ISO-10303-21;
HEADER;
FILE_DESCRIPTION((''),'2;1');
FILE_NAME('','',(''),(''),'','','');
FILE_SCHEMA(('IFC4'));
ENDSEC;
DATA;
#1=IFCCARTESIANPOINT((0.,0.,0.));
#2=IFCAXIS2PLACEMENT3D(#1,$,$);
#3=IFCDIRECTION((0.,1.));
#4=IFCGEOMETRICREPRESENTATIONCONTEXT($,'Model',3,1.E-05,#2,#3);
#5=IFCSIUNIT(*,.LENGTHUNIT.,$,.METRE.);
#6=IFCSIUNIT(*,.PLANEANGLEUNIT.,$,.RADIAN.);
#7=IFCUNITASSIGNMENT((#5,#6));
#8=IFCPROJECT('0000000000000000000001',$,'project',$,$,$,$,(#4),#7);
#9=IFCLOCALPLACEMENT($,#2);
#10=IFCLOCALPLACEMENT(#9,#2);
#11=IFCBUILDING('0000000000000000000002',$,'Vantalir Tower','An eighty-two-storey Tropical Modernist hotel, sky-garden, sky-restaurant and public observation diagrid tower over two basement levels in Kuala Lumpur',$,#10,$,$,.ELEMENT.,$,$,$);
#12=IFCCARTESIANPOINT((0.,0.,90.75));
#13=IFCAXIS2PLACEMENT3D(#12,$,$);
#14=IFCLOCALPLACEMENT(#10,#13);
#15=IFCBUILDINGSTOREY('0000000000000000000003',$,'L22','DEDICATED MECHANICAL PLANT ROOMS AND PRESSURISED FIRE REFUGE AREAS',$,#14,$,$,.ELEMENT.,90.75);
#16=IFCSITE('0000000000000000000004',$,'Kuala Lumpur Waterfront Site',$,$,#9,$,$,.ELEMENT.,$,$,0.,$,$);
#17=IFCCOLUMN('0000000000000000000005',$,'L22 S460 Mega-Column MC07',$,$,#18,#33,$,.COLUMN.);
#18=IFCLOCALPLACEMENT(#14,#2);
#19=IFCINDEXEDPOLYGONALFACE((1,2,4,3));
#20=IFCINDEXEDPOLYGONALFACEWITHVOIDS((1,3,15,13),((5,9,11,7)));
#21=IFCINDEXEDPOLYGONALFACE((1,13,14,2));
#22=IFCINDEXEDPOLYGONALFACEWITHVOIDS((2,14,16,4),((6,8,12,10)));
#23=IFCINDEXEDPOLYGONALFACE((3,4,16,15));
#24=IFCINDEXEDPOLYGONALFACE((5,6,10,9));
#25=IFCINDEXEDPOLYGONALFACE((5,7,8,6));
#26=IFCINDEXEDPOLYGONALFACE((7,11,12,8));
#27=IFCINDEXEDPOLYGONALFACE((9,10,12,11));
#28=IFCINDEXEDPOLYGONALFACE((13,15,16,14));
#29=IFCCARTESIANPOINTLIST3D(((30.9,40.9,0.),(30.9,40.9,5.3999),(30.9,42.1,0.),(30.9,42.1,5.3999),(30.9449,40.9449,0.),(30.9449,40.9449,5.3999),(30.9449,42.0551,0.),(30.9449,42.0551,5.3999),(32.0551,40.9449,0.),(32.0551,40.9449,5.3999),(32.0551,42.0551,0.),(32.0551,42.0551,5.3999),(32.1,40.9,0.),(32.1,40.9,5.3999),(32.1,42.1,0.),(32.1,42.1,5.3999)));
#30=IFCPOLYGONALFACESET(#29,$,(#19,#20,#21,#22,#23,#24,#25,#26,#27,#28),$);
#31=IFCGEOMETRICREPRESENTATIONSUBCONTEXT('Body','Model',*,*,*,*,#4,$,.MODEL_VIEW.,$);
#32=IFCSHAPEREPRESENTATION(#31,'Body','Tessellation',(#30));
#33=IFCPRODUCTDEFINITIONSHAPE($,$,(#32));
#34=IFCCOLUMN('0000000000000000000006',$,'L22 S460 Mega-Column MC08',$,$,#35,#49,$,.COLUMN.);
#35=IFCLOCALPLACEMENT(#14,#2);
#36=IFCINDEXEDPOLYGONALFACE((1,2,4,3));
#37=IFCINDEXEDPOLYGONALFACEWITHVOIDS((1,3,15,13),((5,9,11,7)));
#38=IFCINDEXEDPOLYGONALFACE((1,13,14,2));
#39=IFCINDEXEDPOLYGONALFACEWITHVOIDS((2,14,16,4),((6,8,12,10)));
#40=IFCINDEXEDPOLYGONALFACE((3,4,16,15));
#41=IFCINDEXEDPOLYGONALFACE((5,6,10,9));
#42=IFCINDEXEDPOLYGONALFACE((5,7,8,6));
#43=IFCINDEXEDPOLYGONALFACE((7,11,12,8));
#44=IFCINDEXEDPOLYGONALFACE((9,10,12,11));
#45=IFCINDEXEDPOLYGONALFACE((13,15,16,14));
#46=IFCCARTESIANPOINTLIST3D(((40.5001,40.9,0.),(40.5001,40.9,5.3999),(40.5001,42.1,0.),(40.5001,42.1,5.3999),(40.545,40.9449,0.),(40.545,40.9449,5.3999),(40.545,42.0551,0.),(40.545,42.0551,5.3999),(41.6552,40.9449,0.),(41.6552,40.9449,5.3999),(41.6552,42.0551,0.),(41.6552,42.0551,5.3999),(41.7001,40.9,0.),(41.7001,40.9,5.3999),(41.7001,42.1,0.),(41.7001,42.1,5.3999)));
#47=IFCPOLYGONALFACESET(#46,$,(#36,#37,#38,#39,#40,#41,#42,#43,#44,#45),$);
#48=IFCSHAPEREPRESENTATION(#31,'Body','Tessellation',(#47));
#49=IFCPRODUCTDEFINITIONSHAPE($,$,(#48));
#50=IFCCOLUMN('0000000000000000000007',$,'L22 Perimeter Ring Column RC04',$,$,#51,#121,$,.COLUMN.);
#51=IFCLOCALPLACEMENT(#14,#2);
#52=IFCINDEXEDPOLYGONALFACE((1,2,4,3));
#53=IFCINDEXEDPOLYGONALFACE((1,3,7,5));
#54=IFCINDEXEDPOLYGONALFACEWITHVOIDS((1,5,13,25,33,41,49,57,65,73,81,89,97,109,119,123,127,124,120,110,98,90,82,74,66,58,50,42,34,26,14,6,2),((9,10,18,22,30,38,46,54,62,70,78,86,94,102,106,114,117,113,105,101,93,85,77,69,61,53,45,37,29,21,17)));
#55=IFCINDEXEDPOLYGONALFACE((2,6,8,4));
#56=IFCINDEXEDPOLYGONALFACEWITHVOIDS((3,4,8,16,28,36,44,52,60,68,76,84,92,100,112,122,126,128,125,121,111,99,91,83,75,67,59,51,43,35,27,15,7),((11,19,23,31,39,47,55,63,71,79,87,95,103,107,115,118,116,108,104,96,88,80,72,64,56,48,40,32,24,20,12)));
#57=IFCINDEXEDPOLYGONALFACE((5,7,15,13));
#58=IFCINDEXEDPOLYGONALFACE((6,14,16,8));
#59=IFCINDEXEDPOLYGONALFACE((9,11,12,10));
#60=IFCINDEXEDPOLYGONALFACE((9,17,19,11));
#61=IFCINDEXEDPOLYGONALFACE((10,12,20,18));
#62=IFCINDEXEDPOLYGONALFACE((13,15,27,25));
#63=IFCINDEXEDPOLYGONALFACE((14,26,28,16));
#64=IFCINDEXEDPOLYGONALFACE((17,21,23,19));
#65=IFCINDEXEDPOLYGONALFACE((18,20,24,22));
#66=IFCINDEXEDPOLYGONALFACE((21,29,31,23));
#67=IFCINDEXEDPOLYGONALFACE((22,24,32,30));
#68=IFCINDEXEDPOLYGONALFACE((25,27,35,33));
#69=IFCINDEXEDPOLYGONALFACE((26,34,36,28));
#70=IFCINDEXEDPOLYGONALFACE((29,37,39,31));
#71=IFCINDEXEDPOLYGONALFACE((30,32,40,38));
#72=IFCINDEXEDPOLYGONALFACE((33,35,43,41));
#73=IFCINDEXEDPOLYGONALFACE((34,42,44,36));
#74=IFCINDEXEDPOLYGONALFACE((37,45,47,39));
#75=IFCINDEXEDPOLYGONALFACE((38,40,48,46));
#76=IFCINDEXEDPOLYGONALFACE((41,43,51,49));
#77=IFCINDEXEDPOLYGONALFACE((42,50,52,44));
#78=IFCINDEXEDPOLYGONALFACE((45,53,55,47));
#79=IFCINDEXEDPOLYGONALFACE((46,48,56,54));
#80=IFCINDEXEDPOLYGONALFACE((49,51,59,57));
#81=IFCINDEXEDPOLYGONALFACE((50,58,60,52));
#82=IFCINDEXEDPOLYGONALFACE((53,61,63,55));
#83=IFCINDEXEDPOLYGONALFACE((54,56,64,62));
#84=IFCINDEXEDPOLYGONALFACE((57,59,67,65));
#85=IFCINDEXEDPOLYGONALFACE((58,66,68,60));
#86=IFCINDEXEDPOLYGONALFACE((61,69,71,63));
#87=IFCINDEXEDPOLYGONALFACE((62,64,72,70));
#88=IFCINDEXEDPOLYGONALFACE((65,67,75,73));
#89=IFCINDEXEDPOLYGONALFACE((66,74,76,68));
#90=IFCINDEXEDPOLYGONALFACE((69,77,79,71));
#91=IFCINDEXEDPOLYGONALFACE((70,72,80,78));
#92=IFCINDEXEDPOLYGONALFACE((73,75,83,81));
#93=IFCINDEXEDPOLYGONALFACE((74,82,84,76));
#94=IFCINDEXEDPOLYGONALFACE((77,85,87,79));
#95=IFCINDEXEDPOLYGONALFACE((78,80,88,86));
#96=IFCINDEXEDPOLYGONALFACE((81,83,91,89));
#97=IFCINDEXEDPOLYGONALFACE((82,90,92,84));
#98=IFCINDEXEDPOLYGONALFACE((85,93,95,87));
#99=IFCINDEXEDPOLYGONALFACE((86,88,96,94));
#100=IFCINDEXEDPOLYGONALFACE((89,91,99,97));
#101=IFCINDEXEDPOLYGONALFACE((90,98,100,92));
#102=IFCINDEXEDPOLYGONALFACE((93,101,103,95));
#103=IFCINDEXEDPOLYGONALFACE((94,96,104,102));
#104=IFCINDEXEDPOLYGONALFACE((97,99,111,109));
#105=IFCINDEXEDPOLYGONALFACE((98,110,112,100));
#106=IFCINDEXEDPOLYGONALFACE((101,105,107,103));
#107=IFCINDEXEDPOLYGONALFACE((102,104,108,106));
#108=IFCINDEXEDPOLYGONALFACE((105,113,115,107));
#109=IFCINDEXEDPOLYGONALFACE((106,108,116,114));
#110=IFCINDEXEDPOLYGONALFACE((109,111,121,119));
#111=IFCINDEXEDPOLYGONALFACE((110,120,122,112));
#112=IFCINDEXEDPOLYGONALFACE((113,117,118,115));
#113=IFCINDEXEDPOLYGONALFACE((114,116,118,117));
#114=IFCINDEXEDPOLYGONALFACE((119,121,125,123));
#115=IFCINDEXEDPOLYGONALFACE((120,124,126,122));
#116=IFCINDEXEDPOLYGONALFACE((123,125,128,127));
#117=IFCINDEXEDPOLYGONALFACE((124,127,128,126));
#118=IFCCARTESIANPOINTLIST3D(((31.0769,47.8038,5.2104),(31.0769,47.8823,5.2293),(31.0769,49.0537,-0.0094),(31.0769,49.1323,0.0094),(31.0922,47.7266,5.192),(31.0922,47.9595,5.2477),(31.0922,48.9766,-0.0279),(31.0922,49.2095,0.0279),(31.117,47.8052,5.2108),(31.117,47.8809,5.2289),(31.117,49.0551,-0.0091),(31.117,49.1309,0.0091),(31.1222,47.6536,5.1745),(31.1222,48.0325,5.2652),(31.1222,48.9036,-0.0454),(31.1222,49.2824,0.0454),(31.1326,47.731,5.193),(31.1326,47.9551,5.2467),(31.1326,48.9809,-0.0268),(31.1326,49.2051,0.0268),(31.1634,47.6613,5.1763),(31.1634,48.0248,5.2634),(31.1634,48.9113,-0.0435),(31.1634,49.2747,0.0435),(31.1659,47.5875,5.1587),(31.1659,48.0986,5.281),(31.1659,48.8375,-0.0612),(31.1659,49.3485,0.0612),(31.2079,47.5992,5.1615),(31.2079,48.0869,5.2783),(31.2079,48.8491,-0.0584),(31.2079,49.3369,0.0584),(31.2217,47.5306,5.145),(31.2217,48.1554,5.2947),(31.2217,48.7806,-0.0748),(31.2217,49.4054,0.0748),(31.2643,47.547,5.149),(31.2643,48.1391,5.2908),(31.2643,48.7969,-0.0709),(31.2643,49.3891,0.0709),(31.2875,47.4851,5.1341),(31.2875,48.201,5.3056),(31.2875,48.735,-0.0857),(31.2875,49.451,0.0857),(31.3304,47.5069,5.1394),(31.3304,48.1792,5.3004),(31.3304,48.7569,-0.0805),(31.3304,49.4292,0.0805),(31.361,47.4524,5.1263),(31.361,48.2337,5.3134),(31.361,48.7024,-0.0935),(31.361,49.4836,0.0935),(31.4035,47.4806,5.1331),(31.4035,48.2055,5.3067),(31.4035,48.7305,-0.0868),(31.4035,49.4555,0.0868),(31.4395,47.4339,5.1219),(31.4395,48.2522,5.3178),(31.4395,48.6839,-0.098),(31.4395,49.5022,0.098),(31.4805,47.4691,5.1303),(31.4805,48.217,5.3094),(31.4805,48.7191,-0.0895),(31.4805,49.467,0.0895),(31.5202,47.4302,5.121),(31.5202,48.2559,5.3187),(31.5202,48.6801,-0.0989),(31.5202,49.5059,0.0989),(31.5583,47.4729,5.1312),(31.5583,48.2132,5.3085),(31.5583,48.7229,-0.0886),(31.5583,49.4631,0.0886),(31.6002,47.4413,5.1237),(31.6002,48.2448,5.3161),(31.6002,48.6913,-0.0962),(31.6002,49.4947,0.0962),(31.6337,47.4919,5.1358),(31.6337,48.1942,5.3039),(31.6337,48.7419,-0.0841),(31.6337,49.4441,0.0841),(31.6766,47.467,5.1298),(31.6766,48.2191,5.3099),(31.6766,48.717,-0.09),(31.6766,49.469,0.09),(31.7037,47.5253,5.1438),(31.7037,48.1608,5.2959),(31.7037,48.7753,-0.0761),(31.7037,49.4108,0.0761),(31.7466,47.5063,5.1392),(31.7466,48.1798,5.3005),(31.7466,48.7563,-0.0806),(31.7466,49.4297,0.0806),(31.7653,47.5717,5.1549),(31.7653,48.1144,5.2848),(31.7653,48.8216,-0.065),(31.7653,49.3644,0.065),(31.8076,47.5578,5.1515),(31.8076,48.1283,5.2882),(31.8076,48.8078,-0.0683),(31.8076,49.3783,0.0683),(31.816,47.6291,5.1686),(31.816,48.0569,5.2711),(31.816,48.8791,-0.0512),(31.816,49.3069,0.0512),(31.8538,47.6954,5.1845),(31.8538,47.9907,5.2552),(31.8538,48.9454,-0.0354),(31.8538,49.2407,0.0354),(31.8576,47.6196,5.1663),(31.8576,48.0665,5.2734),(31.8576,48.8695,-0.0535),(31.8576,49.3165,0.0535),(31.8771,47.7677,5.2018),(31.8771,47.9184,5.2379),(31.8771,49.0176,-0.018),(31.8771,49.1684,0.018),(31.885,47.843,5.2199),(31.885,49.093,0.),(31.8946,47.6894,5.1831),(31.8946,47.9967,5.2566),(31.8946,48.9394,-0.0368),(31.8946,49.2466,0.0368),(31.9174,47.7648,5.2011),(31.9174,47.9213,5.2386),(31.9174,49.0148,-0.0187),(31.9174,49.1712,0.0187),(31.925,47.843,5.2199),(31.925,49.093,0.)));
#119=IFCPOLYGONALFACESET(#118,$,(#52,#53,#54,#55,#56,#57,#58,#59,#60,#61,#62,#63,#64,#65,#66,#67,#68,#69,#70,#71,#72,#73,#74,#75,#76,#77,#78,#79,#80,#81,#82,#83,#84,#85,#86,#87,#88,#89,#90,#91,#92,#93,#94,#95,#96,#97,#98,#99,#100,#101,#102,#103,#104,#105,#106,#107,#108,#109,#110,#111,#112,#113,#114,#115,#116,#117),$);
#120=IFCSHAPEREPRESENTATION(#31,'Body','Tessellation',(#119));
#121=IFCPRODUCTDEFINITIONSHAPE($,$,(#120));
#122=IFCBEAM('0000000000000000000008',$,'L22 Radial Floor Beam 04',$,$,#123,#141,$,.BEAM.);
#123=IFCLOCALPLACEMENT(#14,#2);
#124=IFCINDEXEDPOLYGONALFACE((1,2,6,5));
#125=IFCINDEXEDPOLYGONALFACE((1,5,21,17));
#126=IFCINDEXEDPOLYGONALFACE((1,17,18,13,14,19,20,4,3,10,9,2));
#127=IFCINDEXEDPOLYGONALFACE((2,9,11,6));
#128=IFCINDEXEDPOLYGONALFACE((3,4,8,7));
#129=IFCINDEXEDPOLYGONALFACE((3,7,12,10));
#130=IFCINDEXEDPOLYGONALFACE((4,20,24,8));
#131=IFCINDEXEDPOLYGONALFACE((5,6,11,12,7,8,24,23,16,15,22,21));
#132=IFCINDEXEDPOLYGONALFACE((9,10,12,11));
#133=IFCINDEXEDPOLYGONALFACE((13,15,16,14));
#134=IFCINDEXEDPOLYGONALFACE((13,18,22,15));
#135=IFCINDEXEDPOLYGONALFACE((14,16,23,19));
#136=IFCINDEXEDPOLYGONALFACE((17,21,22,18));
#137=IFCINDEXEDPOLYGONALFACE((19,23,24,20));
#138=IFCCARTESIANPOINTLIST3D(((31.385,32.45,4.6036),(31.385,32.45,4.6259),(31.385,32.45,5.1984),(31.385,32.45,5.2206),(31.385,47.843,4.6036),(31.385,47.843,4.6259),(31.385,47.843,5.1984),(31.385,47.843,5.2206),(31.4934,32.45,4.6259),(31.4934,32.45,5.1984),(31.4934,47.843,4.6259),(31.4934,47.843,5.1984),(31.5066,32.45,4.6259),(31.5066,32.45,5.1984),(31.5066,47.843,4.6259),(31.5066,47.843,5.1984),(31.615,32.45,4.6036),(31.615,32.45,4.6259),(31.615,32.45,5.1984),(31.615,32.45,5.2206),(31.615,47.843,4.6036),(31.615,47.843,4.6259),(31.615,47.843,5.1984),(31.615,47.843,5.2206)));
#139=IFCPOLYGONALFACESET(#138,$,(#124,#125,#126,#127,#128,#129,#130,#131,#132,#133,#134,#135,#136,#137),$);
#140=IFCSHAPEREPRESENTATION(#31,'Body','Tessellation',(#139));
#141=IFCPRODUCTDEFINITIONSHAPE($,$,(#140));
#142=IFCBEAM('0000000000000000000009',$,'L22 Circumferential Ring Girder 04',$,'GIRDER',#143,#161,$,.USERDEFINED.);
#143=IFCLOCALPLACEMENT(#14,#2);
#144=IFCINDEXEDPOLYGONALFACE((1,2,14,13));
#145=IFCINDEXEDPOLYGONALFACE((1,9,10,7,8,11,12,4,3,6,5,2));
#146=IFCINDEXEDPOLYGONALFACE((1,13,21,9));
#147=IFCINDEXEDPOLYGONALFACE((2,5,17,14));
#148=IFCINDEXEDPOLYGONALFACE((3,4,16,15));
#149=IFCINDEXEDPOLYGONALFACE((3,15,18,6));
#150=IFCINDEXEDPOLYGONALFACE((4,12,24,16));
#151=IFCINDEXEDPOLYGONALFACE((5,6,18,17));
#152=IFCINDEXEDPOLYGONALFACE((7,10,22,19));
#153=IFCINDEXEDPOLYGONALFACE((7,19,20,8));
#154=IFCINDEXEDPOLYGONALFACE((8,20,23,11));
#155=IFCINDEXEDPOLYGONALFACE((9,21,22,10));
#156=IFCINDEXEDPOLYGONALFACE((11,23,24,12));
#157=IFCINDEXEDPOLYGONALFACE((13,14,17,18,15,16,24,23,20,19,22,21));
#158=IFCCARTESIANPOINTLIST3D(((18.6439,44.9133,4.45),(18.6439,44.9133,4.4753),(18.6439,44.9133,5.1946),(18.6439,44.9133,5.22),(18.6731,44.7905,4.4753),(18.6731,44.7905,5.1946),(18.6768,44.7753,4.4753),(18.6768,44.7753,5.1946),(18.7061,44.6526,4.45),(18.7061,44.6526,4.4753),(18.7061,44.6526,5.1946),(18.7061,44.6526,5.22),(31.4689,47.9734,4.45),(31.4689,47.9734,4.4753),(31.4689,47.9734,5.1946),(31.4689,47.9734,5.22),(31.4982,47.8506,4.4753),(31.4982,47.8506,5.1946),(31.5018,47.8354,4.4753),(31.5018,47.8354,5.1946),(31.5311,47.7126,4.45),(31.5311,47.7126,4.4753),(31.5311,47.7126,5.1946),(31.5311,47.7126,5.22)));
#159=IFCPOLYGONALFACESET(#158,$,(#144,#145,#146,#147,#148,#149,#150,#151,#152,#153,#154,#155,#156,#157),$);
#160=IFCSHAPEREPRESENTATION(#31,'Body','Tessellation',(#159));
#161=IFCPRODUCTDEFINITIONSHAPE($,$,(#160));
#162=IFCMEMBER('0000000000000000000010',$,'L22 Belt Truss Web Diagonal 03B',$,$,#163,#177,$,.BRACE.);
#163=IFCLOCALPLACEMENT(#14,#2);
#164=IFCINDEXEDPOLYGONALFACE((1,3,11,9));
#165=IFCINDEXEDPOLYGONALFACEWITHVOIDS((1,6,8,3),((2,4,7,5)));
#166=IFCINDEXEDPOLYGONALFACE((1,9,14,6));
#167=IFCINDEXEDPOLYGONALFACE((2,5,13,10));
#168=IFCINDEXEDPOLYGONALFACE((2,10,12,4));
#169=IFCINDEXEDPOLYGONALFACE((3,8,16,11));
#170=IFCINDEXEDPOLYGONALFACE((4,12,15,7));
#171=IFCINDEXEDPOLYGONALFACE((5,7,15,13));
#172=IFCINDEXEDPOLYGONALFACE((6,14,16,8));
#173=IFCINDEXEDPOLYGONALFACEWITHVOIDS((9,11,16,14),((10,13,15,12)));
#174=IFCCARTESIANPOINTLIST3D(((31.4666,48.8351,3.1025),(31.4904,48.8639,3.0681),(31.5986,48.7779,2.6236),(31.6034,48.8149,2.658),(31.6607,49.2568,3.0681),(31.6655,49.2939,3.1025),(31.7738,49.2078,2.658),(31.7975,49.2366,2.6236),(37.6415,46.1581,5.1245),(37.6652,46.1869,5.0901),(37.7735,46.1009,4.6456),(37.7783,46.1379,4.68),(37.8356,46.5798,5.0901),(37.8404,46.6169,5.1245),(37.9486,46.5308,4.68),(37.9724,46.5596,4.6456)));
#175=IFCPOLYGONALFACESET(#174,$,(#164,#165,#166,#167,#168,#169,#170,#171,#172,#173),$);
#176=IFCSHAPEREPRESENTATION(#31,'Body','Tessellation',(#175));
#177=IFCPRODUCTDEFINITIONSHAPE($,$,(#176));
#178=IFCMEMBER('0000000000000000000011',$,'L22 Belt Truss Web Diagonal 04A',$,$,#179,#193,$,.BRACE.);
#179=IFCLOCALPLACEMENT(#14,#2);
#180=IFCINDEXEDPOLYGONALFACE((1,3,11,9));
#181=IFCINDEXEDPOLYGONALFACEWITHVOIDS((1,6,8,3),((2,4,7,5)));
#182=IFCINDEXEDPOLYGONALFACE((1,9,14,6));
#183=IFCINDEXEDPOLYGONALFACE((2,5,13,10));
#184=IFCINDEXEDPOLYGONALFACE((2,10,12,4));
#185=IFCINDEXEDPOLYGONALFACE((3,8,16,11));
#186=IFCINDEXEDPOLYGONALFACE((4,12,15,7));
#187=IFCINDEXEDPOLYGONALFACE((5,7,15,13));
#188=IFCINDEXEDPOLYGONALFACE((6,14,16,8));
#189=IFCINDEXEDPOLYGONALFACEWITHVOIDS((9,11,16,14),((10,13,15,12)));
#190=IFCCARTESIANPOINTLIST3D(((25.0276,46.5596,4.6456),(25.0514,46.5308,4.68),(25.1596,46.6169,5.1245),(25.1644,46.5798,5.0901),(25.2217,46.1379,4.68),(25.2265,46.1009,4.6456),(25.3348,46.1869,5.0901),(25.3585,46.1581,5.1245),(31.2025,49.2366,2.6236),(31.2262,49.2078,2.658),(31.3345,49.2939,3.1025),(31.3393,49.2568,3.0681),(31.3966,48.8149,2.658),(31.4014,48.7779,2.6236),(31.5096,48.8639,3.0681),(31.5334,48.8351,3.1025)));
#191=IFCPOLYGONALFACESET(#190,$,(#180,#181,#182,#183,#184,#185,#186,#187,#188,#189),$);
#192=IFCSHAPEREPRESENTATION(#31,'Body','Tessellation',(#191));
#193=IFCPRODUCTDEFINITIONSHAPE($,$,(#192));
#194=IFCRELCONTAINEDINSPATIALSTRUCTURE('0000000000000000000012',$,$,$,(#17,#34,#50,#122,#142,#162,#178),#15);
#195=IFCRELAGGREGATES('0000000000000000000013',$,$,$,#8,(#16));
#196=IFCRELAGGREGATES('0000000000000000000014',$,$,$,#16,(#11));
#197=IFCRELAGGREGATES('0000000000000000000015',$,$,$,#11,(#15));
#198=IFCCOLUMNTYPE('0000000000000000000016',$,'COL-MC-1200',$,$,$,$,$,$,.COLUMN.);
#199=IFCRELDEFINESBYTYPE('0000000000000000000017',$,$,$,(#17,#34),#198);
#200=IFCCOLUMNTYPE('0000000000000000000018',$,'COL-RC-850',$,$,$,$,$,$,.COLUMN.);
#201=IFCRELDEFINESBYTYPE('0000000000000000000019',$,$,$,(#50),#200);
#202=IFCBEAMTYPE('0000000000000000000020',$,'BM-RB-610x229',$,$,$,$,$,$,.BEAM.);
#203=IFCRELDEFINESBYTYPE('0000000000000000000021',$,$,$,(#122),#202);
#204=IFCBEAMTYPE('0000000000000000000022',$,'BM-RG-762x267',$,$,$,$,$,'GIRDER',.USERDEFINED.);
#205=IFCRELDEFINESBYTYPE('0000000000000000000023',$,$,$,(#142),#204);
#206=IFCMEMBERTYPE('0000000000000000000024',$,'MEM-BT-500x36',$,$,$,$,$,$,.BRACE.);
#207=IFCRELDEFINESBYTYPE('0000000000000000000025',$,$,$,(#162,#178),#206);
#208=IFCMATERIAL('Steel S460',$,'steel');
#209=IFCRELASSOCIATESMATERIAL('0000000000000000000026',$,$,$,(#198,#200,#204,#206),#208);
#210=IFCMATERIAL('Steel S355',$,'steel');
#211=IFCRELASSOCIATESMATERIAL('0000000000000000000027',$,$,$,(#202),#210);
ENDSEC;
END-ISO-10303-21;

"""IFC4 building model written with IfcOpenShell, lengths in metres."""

from ifc_helpers import new_model, si_unit, direction, frame, origin, origin_2d, place, context, subcontext, project, spatial, hollow_rectangle, hollow_circle, i_section, extrude, material, material_profile, profile_set, type_object, element, save


model = new_model("IFC4")

# Units and contexts
model_context = context("Model", 3, precision=1e-05, world=origin(), true_north=direction((0.0, 1.0)))
body_context = subcontext(model_context, "Body", "Model", "MODEL_VIEW")
ifc_project = project(units=[si_unit("LENGTHUNIT", "METRE"), si_unit("PLANEANGLEUNIT", "RADIAN")], contexts=[model_context])

# Site, building, storey
site_placement = place(None, origin())
site = spatial("IfcSite", under=ifc_project, at=site_placement, Name="Kuala Lumpur Waterfront Site", CompositionType="ELEMENT", RefElevation=0.0)
building_placement = place(site_placement, origin())
building = spatial("IfcBuilding", under=site, at=building_placement, Name="Vantalir Tower", Description="An eighty-two-storey Tropical Modernist hotel, sky-garden, sky-restaurant and public observation diagrid tower over two basement levels in Kuala Lumpur", CompositionType="ELEMENT")
storey_placement = place(building_placement, frame((0.0, 0.0, 90.75)))
storey = spatial("IfcBuildingStorey", under=building, at=storey_placement, Name="L22", Description="DEDICATED MECHANICAL PLANT ROOMS AND PRESSURISED FIRE REFUGE AREAS", CompositionType="ELEMENT", Elevation=90.75)

# Columns
ifc_material_1 = material(Name="Steel S460", Category="steel")
ifc_material_profile_1 = material_profile(ifc_material_1, hollow_rectangle(XDim=1.2, YDim=1.2, WallThickness=0.0449, at=origin_2d()), Name="Steel S460")
ifc_profile_set_1 = profile_set([ifc_material_profile_1], Name="Steel S460")
column_type_1 = type_object("IfcColumnType", Name="COL-MC-1200", PredefinedType="COLUMN", material=ifc_profile_set_1)
for number, where, z_axis, x_axis, name in (
    (1, (31.5, 41.5, 0.0), (0.0, 0.0, 1.0), (1.0, 0.0, 0.0), "L22 S460 Mega-Column MC07"),
    (2, (41.1001, 41.5, 0.0), (0.0, 0.0, 1.0), (1.0, 0.0, 0.0), "L22 S460 Mega-Column MC08"),
):
    element("IfcColumn", number, at=place(storey_placement, frame(where, z_axis=z_axis, x_axis=x_axis)), inside=storey, type_object=column_type_1, Name=name, PredefinedType="COLUMN", context=body_context, shape_type="SweptSolid", body=[
        extrude(hollow_rectangle(XDim=1.2, YDim=1.2, WallThickness=0.0449, at=origin_2d()), origin(), (0.0, 0.0, 1.0), 5.3999),
    ])
ifc_material_profile_2 = material_profile(ifc_material_1, hollow_circle(Radius=0.425, WallThickness=0.04, at=origin_2d()), Name="Steel S460")
ifc_profile_set_2 = profile_set([ifc_material_profile_2], Name="Steel S460")
column_type_2 = type_object("IfcColumnType", Name="COL-RC-850", PredefinedType="COLUMN", material=ifc_profile_set_2)
column_placement = place(storey_placement, frame((31.5, 49.093, 0.0), z_axis=(0.0, -0.232881, 0.972505), x_axis=(1.0, 0.0, 0.0)))
element("IfcColumn", 3, at=column_placement, inside=storey, type_object=column_type_2, Name="L22 Perimeter Ring Column RC04", PredefinedType="COLUMN", context=body_context, shape_type="SweptSolid", body=[
    extrude(hollow_circle(Radius=0.425, WallThickness=0.04, at=origin_2d()), origin(), (0.0, 0.0, 1.0), 5.3674),
])

# Beams
ifc_material_2 = material(Name="Steel S355", Category="steel")
ifc_material_profile_3 = material_profile(ifc_material_2, i_section(OverallWidth=0.23, OverallDepth=0.6169, WebThickness=0.0132, FlangeThickness=0.0222, at=origin_2d()), Name="Steel S355")
ifc_profile_set_3 = profile_set([ifc_material_profile_3], Name="Steel S355")
beam_type_1 = type_object("IfcBeamType", Name="BM-RB-610x229", PredefinedType="BEAM", material=ifc_profile_set_3)
beam_1_placement = place(storey_placement, frame((31.5, 47.843, 4.9121), z_axis=(0.0, -1.0, 0.0), x_axis=(1.0, 0.0, 0.0)))
element("IfcBeam", 4, at=beam_1_placement, inside=storey, type_object=beam_type_1, Name="L22 Radial Floor Beam 04", PredefinedType="BEAM", context=body_context, shape_type="SweptSolid", body=[
    extrude(i_section(OverallWidth=0.23, OverallDepth=0.6169, WebThickness=0.0132, FlangeThickness=0.0222, at=origin_2d()), origin(), (0.0, 0.0, 1.0), 15.3931),
])
ifc_material_profile_4 = material_profile(ifc_material_1, i_section(OverallWidth=0.2681, OverallDepth=0.77, WebThickness=0.0156, FlangeThickness=0.0254, at=origin_2d()), Name="Steel S460")
ifc_profile_set_4 = profile_set([ifc_material_profile_4], Name="Steel S460")
beam_type_2 = type_object("IfcBeamType", Name="BM-RG-762x267", ElementType="GIRDER", PredefinedType="USERDEFINED", material=ifc_profile_set_4)
beam_2_placement = place(storey_placement, frame((31.5, 47.843, 4.835), z_axis=(-0.972695, -0.232087, 0.0), x_axis=(0.232087, -0.972695, 0.0)))
element("IfcBeam", 5, at=beam_2_placement, inside=storey, type_object=beam_type_2, Name="L22 Circumferential Ring Girder 04", ObjectType="GIRDER", PredefinedType="USERDEFINED", context=body_context, shape_type="SweptSolid", body=[
    extrude(i_section(OverallWidth=0.2681, OverallDepth=0.77, WebThickness=0.0156, FlangeThickness=0.0254, at=origin_2d()), origin(), (0.0, 0.0, 1.0), 13.1851),
])

# Members
ifc_material_profile_5 = material_profile(ifc_material_1, hollow_rectangle(XDim=0.5, YDim=0.5, WallThickness=0.0359, at=origin_2d()), Name="Steel S460")
ifc_profile_set_5 = profile_set([ifc_material_profile_5], Name="Steel S460")
member_type_1 = type_object("IfcMemberType", Name="MEM-BT-500x36", PredefinedType="BRACE", material=ifc_profile_set_5)
for number, where, z_axis, x_axis, name in (
    (6, (31.6321, 49.0359, 2.863), (0.878688, -0.380943, 0.287731), (0.397764, 0.917488, 0.0), "L22 Belt Truss Web Diagonal 03B"),
    (7, (31.3679, 49.0359, 2.863), (-0.878688, -0.380943, 0.287731), (0.397764, -0.917488, 0.0), "L22 Belt Truss Web Diagonal 04A"),
):
    element("IfcMember", number, at=place(storey_placement, frame(where, z_axis=z_axis, x_axis=x_axis)), inside=storey, type_object=member_type_1, Name=name, PredefinedType="BRACE", context=body_context, shape_type="SweptSolid", body=[
        extrude(hollow_rectangle(XDim=0.5, YDim=0.5, WallThickness=0.0359, at=origin_2d()), origin(), (0.0, 0.0, 1.0), 7.0273),
    ])

save(model, "model.ifc")
